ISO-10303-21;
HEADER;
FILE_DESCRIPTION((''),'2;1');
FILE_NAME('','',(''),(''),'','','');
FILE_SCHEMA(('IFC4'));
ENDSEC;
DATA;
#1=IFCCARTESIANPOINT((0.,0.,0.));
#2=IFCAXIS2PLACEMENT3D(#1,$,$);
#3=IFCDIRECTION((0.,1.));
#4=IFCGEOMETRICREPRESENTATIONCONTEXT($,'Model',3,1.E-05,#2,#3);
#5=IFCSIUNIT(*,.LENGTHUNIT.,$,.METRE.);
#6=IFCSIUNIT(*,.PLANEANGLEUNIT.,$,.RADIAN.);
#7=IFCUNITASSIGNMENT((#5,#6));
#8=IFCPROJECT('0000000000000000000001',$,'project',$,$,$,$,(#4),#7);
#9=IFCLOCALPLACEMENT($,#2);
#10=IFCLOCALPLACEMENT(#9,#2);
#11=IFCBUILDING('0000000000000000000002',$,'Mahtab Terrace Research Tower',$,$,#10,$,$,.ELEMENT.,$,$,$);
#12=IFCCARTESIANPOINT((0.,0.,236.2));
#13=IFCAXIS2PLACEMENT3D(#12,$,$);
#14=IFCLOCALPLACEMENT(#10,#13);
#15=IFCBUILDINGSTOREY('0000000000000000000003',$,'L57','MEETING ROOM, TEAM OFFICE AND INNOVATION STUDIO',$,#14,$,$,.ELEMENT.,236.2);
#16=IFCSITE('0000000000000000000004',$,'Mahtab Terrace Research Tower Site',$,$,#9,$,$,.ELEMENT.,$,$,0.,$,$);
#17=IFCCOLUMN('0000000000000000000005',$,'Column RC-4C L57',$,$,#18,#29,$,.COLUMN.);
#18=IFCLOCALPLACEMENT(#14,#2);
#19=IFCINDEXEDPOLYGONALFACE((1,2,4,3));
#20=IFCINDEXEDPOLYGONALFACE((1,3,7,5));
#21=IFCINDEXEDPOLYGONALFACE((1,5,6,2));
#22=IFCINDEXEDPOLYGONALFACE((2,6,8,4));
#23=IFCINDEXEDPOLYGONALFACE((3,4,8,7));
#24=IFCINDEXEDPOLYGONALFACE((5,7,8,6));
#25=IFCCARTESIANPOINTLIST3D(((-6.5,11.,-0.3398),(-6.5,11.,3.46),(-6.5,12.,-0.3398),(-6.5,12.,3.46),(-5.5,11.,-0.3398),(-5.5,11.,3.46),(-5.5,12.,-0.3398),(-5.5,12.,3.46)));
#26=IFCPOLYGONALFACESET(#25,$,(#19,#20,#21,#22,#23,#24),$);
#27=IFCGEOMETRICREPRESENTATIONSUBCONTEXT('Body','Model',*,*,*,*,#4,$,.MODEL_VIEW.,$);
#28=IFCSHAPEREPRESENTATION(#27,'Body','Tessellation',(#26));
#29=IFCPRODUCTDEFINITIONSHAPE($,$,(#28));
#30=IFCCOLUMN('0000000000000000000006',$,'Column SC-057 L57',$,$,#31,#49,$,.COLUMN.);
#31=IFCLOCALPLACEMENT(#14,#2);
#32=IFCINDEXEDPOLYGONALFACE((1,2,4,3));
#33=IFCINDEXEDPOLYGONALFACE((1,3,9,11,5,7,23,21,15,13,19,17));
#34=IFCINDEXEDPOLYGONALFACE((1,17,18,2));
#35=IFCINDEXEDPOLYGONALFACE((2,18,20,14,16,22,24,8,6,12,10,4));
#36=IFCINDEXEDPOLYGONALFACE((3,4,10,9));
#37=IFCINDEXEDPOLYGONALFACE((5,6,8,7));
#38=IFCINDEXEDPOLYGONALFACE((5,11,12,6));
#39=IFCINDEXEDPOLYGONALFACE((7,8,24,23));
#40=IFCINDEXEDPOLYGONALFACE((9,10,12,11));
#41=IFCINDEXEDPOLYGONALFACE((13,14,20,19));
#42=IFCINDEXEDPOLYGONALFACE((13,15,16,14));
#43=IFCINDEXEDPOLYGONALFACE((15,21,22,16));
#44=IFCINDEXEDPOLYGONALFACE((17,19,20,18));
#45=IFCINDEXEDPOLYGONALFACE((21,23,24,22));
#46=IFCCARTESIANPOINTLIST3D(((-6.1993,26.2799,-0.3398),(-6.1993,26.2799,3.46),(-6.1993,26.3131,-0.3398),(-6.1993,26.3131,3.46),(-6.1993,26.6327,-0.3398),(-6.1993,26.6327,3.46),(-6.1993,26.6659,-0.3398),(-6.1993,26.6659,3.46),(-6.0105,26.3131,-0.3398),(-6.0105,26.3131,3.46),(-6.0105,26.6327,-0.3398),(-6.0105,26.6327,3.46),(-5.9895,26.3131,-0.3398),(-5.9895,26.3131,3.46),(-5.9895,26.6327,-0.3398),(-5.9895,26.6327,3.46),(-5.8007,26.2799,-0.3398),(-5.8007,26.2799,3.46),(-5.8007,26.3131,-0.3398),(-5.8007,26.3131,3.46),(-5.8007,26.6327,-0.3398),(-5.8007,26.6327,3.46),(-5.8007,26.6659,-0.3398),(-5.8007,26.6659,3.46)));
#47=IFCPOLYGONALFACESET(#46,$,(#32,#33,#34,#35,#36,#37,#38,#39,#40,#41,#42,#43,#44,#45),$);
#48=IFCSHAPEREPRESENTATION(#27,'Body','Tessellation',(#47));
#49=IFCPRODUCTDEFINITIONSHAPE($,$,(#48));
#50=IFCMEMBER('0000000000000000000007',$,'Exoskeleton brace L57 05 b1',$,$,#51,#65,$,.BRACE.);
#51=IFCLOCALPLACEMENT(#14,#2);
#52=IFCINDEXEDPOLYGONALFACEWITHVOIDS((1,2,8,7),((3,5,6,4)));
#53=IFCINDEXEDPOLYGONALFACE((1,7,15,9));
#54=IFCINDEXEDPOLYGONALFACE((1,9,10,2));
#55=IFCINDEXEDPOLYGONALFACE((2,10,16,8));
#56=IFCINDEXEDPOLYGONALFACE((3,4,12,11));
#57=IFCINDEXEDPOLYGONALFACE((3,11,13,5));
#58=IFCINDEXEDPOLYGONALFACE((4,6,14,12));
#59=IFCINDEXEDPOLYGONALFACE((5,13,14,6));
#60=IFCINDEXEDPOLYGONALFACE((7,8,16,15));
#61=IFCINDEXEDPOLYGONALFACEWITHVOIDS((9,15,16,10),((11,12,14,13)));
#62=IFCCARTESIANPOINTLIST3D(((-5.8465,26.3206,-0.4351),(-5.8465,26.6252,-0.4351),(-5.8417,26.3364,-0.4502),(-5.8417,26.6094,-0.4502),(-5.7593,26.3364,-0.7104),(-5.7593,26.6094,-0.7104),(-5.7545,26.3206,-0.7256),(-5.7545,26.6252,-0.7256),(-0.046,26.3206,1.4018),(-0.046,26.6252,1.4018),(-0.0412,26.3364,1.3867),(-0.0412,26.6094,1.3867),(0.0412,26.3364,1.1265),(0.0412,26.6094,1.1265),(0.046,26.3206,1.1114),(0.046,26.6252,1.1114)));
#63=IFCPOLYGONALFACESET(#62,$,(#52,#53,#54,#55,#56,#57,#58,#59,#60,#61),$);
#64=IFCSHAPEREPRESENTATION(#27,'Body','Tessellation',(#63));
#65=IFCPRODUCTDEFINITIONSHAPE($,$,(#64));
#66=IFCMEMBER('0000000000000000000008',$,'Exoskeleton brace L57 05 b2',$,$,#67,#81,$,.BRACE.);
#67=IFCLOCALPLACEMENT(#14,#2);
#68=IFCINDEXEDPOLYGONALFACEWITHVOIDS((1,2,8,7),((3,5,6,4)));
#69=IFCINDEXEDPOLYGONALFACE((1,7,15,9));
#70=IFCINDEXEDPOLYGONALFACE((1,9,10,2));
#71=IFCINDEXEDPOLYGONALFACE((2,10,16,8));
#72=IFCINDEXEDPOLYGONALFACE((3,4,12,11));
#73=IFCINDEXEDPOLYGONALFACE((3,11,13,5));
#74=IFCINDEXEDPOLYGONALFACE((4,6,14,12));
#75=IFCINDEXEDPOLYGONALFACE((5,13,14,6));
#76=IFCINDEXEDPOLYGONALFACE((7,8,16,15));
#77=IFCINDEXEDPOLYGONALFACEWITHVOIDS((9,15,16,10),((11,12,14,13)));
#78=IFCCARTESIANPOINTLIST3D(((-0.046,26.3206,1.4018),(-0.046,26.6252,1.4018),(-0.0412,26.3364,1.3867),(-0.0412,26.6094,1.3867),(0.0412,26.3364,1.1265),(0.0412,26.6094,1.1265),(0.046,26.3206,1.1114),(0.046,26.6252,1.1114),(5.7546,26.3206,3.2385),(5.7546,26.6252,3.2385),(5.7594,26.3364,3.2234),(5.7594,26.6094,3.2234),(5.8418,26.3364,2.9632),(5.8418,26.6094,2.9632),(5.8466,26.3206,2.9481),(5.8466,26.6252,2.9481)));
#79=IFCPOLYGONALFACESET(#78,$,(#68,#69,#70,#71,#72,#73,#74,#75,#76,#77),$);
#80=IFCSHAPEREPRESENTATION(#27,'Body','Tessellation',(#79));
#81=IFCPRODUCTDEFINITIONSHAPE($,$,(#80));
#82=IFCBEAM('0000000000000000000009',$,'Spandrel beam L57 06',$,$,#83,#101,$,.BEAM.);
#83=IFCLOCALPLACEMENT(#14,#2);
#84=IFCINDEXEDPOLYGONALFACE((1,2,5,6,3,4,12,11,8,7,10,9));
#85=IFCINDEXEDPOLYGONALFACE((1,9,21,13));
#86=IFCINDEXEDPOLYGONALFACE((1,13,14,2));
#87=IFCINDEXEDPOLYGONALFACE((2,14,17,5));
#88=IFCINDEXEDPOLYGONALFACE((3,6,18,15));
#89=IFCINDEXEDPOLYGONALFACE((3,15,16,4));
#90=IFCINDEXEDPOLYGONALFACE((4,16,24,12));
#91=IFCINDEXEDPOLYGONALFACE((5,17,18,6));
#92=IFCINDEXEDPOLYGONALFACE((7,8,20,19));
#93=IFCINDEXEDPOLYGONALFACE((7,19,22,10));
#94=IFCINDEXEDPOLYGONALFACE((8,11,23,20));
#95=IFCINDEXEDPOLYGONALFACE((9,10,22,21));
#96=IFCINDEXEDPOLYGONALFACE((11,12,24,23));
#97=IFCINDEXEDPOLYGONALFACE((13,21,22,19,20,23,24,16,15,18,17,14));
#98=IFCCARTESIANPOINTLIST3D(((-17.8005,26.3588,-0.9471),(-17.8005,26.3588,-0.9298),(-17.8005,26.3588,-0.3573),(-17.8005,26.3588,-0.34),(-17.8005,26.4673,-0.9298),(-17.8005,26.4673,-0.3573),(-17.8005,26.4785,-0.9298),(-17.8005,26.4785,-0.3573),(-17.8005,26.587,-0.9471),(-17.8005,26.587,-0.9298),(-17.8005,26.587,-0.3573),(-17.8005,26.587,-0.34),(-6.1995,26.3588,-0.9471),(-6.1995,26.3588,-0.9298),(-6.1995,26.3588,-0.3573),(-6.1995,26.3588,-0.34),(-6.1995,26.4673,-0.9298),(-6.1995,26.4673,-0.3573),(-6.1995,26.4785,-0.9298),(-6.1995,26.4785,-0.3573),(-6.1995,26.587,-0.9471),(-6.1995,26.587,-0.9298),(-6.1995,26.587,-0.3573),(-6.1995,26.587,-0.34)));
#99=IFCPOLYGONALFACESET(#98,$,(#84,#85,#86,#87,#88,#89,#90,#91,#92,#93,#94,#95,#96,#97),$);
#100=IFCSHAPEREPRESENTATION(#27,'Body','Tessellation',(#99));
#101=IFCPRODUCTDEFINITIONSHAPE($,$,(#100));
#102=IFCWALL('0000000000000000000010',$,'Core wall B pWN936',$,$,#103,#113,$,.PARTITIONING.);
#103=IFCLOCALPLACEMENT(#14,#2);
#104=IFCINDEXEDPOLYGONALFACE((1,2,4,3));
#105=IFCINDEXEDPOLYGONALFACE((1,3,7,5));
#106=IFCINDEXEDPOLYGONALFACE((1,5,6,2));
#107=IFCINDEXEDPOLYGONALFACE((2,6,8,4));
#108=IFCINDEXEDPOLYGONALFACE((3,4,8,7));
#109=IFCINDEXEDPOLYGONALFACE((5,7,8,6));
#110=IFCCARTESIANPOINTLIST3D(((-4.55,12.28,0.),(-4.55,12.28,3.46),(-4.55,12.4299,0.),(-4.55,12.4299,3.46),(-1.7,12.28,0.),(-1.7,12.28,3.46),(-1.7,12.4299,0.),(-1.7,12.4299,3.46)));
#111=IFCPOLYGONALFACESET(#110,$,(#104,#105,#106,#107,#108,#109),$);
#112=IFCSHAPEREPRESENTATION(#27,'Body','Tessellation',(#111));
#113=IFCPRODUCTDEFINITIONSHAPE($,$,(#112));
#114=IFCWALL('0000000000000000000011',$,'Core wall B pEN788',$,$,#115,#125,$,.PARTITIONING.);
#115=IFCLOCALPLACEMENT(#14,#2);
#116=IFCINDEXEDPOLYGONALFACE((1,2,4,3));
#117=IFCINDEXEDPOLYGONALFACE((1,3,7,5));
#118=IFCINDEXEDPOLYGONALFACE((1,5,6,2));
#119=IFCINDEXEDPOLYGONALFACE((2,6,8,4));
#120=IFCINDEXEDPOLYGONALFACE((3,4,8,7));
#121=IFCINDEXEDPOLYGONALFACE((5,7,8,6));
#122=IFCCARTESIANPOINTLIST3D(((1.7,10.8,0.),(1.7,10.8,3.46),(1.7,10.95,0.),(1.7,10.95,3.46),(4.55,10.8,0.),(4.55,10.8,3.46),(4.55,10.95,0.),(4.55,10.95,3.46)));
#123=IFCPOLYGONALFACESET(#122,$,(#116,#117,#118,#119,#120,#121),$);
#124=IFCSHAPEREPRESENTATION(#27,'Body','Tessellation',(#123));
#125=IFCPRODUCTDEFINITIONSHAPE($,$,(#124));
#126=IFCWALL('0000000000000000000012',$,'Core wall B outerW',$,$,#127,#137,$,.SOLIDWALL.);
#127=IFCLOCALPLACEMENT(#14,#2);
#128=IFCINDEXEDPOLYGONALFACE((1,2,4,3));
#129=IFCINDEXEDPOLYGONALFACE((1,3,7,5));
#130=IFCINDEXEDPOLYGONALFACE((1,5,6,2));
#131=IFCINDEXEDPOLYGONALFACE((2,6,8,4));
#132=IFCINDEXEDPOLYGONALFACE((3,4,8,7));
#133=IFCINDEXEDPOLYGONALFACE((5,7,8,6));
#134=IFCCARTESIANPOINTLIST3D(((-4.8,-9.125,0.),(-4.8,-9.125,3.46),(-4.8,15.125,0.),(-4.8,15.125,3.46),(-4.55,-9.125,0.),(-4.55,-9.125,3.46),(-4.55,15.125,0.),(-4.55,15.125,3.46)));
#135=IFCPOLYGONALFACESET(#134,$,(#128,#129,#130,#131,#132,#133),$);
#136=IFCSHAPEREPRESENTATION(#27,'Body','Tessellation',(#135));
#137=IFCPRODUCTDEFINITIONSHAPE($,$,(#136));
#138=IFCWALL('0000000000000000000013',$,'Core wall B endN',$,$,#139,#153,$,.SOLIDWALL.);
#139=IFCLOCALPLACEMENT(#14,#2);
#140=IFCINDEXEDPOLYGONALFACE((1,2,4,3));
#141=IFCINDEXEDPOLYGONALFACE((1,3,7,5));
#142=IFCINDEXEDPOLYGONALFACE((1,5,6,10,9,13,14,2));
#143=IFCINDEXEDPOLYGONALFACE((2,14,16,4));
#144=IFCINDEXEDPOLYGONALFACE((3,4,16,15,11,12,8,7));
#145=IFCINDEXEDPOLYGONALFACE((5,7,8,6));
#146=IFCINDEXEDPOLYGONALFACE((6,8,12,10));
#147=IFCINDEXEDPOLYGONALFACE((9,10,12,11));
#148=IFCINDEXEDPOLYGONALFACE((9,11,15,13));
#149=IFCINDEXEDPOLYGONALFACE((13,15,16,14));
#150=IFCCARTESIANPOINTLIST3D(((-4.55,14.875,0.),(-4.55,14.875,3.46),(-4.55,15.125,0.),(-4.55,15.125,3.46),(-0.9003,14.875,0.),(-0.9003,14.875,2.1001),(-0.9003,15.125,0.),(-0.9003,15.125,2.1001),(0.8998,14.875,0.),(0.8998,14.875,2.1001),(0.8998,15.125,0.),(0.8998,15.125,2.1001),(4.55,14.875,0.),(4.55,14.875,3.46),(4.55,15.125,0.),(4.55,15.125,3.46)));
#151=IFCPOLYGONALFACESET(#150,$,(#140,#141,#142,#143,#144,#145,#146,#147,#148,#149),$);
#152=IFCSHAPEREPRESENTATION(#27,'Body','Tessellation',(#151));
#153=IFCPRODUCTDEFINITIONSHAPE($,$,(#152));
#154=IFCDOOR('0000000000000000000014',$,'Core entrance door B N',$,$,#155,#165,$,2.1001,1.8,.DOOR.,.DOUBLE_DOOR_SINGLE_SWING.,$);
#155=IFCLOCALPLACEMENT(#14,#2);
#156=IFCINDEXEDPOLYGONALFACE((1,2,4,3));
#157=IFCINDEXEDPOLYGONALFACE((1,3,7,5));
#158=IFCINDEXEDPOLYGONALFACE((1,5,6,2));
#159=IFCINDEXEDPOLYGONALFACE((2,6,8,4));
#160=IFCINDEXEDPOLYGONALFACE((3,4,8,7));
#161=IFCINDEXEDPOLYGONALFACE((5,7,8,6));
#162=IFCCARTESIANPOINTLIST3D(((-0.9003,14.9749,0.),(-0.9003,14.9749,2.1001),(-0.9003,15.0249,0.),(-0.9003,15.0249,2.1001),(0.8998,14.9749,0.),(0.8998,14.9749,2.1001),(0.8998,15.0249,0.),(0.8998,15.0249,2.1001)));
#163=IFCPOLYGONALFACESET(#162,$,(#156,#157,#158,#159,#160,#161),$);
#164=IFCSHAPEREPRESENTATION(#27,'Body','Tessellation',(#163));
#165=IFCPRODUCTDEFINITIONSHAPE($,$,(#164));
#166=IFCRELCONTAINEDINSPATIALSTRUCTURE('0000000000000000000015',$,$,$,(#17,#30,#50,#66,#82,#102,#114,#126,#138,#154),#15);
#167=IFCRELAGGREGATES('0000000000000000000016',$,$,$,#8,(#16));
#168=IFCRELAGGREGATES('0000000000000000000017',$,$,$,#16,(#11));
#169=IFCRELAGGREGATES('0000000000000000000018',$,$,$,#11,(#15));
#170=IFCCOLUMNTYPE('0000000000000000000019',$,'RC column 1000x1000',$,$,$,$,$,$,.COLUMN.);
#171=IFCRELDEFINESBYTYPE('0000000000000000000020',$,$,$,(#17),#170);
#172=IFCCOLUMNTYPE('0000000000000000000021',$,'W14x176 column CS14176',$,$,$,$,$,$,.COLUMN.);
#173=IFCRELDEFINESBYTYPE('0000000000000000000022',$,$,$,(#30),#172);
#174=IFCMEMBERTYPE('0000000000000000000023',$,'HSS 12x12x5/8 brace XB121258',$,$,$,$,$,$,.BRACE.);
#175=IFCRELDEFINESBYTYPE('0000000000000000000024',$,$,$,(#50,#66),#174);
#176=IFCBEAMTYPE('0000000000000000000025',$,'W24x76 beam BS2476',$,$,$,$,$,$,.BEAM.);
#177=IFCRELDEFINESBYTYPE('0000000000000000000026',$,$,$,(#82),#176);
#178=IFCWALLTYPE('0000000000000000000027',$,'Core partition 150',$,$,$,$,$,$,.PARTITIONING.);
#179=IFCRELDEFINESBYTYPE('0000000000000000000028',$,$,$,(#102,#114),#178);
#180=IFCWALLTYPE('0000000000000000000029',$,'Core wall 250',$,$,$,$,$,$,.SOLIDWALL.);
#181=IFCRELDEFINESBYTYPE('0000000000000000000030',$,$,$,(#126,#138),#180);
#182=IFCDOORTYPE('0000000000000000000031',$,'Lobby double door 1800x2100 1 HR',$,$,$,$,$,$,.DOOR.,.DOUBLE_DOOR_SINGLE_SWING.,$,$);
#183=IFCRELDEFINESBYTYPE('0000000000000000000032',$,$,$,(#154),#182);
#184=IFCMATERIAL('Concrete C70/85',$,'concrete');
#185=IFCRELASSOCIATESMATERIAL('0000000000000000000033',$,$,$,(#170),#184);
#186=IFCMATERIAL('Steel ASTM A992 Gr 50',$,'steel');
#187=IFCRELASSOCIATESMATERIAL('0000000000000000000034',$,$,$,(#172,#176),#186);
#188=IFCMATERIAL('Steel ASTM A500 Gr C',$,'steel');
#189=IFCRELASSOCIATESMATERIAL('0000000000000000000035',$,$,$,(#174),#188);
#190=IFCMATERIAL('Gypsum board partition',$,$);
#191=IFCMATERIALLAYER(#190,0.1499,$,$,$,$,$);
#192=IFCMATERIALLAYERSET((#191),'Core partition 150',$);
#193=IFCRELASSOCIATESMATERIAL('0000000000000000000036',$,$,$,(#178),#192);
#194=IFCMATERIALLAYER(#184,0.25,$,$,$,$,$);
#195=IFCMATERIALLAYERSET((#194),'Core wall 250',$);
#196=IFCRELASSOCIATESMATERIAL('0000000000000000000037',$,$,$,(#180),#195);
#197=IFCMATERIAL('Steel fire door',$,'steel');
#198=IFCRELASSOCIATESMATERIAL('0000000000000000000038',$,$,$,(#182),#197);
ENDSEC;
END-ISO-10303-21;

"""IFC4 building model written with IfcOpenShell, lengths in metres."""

from ifc_helpers import new_model, si_unit, direction, frame, frame_2d, origin, origin_2d, place, context, subcontext, project, spatial, rectangle, hollow_rectangle, i_section, extrude, material, layer, layer_set, material_profile, profile_set, type_object, element, fill, save


model = new_model("IFC4")

# Units and contexts
model_context = context("Model", 3, precision=1e-05, world=origin(), true_north=direction((0.0, 1.0)))
body_context = subcontext(model_context, "Body", "Model", "MODEL_VIEW")
ifc_project = project(units=[si_unit("LENGTHUNIT", "METRE"), si_unit("PLANEANGLEUNIT", "RADIAN")], contexts=[model_context])

# Site, building, storey
site_placement = place(None, origin())
site = spatial("IfcSite", under=ifc_project, at=site_placement, Name="Mahtab Terrace Research Tower Site", CompositionType="ELEMENT", RefElevation=0.0)
building_placement = place(site_placement, origin())
building = spatial("IfcBuilding", under=site, at=building_placement, Name="Mahtab Terrace Research Tower", CompositionType="ELEMENT")
storey_placement = place(building_placement, frame((0.0, 0.0, 236.2)))
storey = spatial("IfcBuildingStorey", under=building, at=storey_placement, Name="L57", Description="MEETING ROOM, TEAM OFFICE AND INNOVATION STUDIO", CompositionType="ELEMENT", Elevation=236.2)

# Columns
ifc_material_1 = material(Name="Concrete C70/85", Category="concrete")
ifc_material_profile_1 = material_profile(ifc_material_1, rectangle(XDim=1.0, YDim=1.0, at=origin_2d()), Name="RC column 1000x1000")
ifc_profile_set_1 = profile_set([ifc_material_profile_1], Name="Concrete C70/85")
column_type_1 = type_object("IfcColumnType", Name="RC column 1000x1000", PredefinedType="COLUMN", material=ifc_profile_set_1)
column_1_placement = place(storey_placement, frame((-6.0, 11.5, -0.3398), z_axis=(0.0, 0.0, 1.0), x_axis=(1.0, 0.0, 0.0)))
element("IfcColumn", 1, at=column_1_placement, inside=storey, type_object=column_type_1, Name="Column RC-4C L57", PredefinedType="COLUMN", context=body_context, shape_type="SweptSolid", body=[
    extrude(rectangle(XDim=1.0, YDim=1.0, at=origin_2d()), origin(), (0.0, 0.0, 1.0), 3.7998),
])
ifc_material_2 = material(Name="Steel ASTM A992 Gr 50", Category="steel")
ifc_material_profile_2 = material_profile(ifc_material_2, i_section(OverallWidth=0.3987, OverallDepth=0.386, WebThickness=0.021, FlangeThickness=0.0332, at=origin_2d()), Name="W14X176")
ifc_profile_set_2 = profile_set([ifc_material_profile_2], Name="Steel ASTM A992 Gr 50")
column_type_2 = type_object("IfcColumnType", Name="W14x176 column CS14176", PredefinedType="COLUMN", material=ifc_profile_set_2)
column_2_placement = place(storey_placement, frame((-6.0, 26.4729, -0.3398), z_axis=(0.0, 0.0, 1.0), x_axis=(1.0, 0.0, 0.0)))
element("IfcColumn", 2, at=column_2_placement, inside=storey, type_object=column_type_2, Name="Column SC-057 L57", PredefinedType="COLUMN", context=body_context, shape_type="SweptSolid", body=[
    extrude(i_section(OverallWidth=0.3987, OverallDepth=0.386, WebThickness=0.021, FlangeThickness=0.0332, at=origin_2d()), origin(), (0.0, 0.0, 1.0), 3.7998),
])

# Members
ifc_material_3 = material(Name="Steel ASTM A500 Gr C", Category="steel")
ifc_material_profile_3 = material_profile(ifc_material_3, hollow_rectangle(XDim=0.3047, YDim=0.3047, WallThickness=0.0159, at=origin_2d()), Name="HSS12X12X5/8")
ifc_profile_set_3 = profile_set([ifc_material_profile_3], Name="Steel ASTM A500 Gr C")
member_type = type_object("IfcMemberType", Name="HSS 12x12x5/8 brace XB121258", PredefinedType="BRACE", material=ifc_profile_set_3)
for number, where, z_axis, x_axis, name in (
    (3, (-5.8005, 26.4729, -0.5803), (0.953339, 0.0, 0.301903), (0.0, 1.0, 0.0), "Exoskeleton brace L57 05 b1"),
    (4, (0.0, 26.4729, 1.2566), (0.95335, 0.0, 0.301867), (0.0, 1.0, 0.0), "Exoskeleton brace L57 05 b2"),
):
    element("IfcMember", number, at=place(storey_placement, frame(where, z_axis=z_axis, x_axis=x_axis)), inside=storey, type_object=member_type, Name=name, PredefinedType="BRACE", context=body_context, shape_type="SweptSolid", body=[
        extrude(hollow_rectangle(XDim=0.3047, YDim=0.3047, WallThickness=0.0159, at=origin_2d()), origin(), (0.0, 0.0, 1.0), 6.0845),
    ])

# Beam
ifc_material_profile_4 = material_profile(ifc_material_2, i_section(OverallWidth=0.2283, OverallDepth=0.6072, WebThickness=0.0112, FlangeThickness=0.0173, at=origin_2d()), Name="W24X76")
ifc_profile_set_4 = profile_set([ifc_material_profile_4], Name="Steel ASTM A992 Gr 50")
beam_type = type_object("IfcBeamType", Name="W24x76 beam BS2476", PredefinedType="BEAM", material=ifc_profile_set_4)
beam_placement = place(storey_placement, frame((-6.1995, 26.4729, -0.6436), z_axis=(-1.0, 0.0, 0.0), x_axis=(0.0, -1.0, 0.0)))
element("IfcBeam", 5, at=beam_placement, inside=storey, type_object=beam_type, Name="Spandrel beam L57 06", PredefinedType="BEAM", context=body_context, shape_type="SweptSolid", body=[
    extrude(i_section(OverallWidth=0.2283, OverallDepth=0.6072, WebThickness=0.0112, FlangeThickness=0.0173, at=origin_2d()), origin(), (0.0, 0.0, 1.0), 11.6011),
])

# Walls
ifc_material_4 = material(Name="Gypsum board partition")
ifc_layer_1 = layer(ifc_material_4, 0.1499)
ifc_layer_set_1 = layer_set([ifc_layer_1], Name="Core partition 150")
wall_type_1 = type_object("IfcWallType", Name="Core partition 150", PredefinedType="PARTITIONING", material=ifc_layer_set_1)
for number, where, z_axis, x_axis, name in (
    (6, (-4.55, 12.355, 0.0), (0.0, 0.0, 1.0), (1.0, 0.0, 0.0), "Core wall B pWN936"),
    (7, (1.7, 10.875, 0.0), (0.0, 0.0, 1.0), (1.0, 0.0, 0.0), "Core wall B pEN788"),
):
    element("IfcWall", number, at=place(storey_placement, frame(where, z_axis=z_axis, x_axis=x_axis)), inside=storey, type_object=wall_type_1, Name=name, PredefinedType="PARTITIONING", context=body_context, shape_type="SweptSolid", body=[
        extrude(rectangle(XDim=2.8501, YDim=0.1499, at=frame_2d((1.425, 0.0))), origin(), (0.0, 0.0, 1.0), 3.46),
    ])
ifc_layer_2 = layer(ifc_material_1, 0.25)
ifc_layer_set_2 = layer_set([ifc_layer_2], Name="Core wall 250")
wall_type_2 = type_object("IfcWallType", Name="Core wall 250", PredefinedType="SOLIDWALL", material=ifc_layer_set_2)
wall_1_placement = place(storey_placement, frame((-4.675, 15.125, 0.0), z_axis=(0.0, 0.0, 1.0), x_axis=(0.0, -1.0, 0.0)))
element("IfcWall", 8, at=wall_1_placement, inside=storey, type_object=wall_type_2, Name="Core wall B outerW", PredefinedType="SOLIDWALL", context=body_context, shape_type="SweptSolid", body=[
    extrude(rectangle(XDim=24.25, YDim=0.25, at=frame_2d((12.125, 0.0))), origin(), (0.0, 0.0, 1.0), 3.46),
])

# Wall, opening, door
wall_2_placement = place(storey_placement, frame((-4.55, 15.0, 0.0), z_axis=(0.0, 0.0, 1.0), x_axis=(1.0, 0.0, 0.0)))
wall_2 = element("IfcWall", 9, at=wall_2_placement, inside=storey, type_object=wall_type_2, Name="Core wall B endN", PredefinedType="SOLIDWALL", context=body_context, shape_type="SweptSolid", body=[
    extrude(rectangle(XDim=9.1001, YDim=0.25, at=frame_2d((4.55, 0.0))), origin(), (0.0, 0.0, 1.0), 3.46),
])
opening_1_placement = place(wall_2_placement, frame((3.6499, 0.0, 0.0)))
opening_1 = element("IfcOpeningElement", 10, at=opening_1_placement, cuts=wall_2, PredefinedType="OPENING", context=body_context, shape_type="SweptSolid", body=[
    extrude(rectangle(XDim=1.8, YDim=2.1001, at=frame_2d((0.8999, 1.05))), frame((0.0, 0.135, 0.0), z_axis=(0.0, -1.0, 0.0), x_axis=(1.0, 0.0, 0.0)), (0.0, 0.0, 1.0), 0.27),
])
ifc_material_5 = material(Name="Steel fire door", Category="steel")
door_type_1 = type_object("IfcDoorType", Name="Lobby double door 1800x2100 1 HR", OperationType="DOUBLE_DOOR_SINGLE_SWING", PredefinedType="DOOR", material=ifc_material_5)
door_1_placement = place(opening_1_placement, origin())
door_1 = element("IfcDoor", 11, at=door_1_placement, inside=storey, type_object=door_type_1, Name="Core entrance door B N", OperationType="DOUBLE_DOOR_SINGLE_SWING", OverallHeight=2.1001, OverallWidth=1.8, PredefinedType="DOOR", context=body_context, shape_type="SweptSolid", body=[
    extrude(rectangle(XDim=1.8, YDim=2.1001, at=frame_2d((0.8999, 1.05))), frame((0.0, 0.0249, 0.0), z_axis=(0.0, -1.0, 0.0), x_axis=(1.0, 0.0, 0.0)), (0.0, 0.0, 1.0), 0.05),
])
fill(opening_1, door_1)

save(model, "model.ifc")
